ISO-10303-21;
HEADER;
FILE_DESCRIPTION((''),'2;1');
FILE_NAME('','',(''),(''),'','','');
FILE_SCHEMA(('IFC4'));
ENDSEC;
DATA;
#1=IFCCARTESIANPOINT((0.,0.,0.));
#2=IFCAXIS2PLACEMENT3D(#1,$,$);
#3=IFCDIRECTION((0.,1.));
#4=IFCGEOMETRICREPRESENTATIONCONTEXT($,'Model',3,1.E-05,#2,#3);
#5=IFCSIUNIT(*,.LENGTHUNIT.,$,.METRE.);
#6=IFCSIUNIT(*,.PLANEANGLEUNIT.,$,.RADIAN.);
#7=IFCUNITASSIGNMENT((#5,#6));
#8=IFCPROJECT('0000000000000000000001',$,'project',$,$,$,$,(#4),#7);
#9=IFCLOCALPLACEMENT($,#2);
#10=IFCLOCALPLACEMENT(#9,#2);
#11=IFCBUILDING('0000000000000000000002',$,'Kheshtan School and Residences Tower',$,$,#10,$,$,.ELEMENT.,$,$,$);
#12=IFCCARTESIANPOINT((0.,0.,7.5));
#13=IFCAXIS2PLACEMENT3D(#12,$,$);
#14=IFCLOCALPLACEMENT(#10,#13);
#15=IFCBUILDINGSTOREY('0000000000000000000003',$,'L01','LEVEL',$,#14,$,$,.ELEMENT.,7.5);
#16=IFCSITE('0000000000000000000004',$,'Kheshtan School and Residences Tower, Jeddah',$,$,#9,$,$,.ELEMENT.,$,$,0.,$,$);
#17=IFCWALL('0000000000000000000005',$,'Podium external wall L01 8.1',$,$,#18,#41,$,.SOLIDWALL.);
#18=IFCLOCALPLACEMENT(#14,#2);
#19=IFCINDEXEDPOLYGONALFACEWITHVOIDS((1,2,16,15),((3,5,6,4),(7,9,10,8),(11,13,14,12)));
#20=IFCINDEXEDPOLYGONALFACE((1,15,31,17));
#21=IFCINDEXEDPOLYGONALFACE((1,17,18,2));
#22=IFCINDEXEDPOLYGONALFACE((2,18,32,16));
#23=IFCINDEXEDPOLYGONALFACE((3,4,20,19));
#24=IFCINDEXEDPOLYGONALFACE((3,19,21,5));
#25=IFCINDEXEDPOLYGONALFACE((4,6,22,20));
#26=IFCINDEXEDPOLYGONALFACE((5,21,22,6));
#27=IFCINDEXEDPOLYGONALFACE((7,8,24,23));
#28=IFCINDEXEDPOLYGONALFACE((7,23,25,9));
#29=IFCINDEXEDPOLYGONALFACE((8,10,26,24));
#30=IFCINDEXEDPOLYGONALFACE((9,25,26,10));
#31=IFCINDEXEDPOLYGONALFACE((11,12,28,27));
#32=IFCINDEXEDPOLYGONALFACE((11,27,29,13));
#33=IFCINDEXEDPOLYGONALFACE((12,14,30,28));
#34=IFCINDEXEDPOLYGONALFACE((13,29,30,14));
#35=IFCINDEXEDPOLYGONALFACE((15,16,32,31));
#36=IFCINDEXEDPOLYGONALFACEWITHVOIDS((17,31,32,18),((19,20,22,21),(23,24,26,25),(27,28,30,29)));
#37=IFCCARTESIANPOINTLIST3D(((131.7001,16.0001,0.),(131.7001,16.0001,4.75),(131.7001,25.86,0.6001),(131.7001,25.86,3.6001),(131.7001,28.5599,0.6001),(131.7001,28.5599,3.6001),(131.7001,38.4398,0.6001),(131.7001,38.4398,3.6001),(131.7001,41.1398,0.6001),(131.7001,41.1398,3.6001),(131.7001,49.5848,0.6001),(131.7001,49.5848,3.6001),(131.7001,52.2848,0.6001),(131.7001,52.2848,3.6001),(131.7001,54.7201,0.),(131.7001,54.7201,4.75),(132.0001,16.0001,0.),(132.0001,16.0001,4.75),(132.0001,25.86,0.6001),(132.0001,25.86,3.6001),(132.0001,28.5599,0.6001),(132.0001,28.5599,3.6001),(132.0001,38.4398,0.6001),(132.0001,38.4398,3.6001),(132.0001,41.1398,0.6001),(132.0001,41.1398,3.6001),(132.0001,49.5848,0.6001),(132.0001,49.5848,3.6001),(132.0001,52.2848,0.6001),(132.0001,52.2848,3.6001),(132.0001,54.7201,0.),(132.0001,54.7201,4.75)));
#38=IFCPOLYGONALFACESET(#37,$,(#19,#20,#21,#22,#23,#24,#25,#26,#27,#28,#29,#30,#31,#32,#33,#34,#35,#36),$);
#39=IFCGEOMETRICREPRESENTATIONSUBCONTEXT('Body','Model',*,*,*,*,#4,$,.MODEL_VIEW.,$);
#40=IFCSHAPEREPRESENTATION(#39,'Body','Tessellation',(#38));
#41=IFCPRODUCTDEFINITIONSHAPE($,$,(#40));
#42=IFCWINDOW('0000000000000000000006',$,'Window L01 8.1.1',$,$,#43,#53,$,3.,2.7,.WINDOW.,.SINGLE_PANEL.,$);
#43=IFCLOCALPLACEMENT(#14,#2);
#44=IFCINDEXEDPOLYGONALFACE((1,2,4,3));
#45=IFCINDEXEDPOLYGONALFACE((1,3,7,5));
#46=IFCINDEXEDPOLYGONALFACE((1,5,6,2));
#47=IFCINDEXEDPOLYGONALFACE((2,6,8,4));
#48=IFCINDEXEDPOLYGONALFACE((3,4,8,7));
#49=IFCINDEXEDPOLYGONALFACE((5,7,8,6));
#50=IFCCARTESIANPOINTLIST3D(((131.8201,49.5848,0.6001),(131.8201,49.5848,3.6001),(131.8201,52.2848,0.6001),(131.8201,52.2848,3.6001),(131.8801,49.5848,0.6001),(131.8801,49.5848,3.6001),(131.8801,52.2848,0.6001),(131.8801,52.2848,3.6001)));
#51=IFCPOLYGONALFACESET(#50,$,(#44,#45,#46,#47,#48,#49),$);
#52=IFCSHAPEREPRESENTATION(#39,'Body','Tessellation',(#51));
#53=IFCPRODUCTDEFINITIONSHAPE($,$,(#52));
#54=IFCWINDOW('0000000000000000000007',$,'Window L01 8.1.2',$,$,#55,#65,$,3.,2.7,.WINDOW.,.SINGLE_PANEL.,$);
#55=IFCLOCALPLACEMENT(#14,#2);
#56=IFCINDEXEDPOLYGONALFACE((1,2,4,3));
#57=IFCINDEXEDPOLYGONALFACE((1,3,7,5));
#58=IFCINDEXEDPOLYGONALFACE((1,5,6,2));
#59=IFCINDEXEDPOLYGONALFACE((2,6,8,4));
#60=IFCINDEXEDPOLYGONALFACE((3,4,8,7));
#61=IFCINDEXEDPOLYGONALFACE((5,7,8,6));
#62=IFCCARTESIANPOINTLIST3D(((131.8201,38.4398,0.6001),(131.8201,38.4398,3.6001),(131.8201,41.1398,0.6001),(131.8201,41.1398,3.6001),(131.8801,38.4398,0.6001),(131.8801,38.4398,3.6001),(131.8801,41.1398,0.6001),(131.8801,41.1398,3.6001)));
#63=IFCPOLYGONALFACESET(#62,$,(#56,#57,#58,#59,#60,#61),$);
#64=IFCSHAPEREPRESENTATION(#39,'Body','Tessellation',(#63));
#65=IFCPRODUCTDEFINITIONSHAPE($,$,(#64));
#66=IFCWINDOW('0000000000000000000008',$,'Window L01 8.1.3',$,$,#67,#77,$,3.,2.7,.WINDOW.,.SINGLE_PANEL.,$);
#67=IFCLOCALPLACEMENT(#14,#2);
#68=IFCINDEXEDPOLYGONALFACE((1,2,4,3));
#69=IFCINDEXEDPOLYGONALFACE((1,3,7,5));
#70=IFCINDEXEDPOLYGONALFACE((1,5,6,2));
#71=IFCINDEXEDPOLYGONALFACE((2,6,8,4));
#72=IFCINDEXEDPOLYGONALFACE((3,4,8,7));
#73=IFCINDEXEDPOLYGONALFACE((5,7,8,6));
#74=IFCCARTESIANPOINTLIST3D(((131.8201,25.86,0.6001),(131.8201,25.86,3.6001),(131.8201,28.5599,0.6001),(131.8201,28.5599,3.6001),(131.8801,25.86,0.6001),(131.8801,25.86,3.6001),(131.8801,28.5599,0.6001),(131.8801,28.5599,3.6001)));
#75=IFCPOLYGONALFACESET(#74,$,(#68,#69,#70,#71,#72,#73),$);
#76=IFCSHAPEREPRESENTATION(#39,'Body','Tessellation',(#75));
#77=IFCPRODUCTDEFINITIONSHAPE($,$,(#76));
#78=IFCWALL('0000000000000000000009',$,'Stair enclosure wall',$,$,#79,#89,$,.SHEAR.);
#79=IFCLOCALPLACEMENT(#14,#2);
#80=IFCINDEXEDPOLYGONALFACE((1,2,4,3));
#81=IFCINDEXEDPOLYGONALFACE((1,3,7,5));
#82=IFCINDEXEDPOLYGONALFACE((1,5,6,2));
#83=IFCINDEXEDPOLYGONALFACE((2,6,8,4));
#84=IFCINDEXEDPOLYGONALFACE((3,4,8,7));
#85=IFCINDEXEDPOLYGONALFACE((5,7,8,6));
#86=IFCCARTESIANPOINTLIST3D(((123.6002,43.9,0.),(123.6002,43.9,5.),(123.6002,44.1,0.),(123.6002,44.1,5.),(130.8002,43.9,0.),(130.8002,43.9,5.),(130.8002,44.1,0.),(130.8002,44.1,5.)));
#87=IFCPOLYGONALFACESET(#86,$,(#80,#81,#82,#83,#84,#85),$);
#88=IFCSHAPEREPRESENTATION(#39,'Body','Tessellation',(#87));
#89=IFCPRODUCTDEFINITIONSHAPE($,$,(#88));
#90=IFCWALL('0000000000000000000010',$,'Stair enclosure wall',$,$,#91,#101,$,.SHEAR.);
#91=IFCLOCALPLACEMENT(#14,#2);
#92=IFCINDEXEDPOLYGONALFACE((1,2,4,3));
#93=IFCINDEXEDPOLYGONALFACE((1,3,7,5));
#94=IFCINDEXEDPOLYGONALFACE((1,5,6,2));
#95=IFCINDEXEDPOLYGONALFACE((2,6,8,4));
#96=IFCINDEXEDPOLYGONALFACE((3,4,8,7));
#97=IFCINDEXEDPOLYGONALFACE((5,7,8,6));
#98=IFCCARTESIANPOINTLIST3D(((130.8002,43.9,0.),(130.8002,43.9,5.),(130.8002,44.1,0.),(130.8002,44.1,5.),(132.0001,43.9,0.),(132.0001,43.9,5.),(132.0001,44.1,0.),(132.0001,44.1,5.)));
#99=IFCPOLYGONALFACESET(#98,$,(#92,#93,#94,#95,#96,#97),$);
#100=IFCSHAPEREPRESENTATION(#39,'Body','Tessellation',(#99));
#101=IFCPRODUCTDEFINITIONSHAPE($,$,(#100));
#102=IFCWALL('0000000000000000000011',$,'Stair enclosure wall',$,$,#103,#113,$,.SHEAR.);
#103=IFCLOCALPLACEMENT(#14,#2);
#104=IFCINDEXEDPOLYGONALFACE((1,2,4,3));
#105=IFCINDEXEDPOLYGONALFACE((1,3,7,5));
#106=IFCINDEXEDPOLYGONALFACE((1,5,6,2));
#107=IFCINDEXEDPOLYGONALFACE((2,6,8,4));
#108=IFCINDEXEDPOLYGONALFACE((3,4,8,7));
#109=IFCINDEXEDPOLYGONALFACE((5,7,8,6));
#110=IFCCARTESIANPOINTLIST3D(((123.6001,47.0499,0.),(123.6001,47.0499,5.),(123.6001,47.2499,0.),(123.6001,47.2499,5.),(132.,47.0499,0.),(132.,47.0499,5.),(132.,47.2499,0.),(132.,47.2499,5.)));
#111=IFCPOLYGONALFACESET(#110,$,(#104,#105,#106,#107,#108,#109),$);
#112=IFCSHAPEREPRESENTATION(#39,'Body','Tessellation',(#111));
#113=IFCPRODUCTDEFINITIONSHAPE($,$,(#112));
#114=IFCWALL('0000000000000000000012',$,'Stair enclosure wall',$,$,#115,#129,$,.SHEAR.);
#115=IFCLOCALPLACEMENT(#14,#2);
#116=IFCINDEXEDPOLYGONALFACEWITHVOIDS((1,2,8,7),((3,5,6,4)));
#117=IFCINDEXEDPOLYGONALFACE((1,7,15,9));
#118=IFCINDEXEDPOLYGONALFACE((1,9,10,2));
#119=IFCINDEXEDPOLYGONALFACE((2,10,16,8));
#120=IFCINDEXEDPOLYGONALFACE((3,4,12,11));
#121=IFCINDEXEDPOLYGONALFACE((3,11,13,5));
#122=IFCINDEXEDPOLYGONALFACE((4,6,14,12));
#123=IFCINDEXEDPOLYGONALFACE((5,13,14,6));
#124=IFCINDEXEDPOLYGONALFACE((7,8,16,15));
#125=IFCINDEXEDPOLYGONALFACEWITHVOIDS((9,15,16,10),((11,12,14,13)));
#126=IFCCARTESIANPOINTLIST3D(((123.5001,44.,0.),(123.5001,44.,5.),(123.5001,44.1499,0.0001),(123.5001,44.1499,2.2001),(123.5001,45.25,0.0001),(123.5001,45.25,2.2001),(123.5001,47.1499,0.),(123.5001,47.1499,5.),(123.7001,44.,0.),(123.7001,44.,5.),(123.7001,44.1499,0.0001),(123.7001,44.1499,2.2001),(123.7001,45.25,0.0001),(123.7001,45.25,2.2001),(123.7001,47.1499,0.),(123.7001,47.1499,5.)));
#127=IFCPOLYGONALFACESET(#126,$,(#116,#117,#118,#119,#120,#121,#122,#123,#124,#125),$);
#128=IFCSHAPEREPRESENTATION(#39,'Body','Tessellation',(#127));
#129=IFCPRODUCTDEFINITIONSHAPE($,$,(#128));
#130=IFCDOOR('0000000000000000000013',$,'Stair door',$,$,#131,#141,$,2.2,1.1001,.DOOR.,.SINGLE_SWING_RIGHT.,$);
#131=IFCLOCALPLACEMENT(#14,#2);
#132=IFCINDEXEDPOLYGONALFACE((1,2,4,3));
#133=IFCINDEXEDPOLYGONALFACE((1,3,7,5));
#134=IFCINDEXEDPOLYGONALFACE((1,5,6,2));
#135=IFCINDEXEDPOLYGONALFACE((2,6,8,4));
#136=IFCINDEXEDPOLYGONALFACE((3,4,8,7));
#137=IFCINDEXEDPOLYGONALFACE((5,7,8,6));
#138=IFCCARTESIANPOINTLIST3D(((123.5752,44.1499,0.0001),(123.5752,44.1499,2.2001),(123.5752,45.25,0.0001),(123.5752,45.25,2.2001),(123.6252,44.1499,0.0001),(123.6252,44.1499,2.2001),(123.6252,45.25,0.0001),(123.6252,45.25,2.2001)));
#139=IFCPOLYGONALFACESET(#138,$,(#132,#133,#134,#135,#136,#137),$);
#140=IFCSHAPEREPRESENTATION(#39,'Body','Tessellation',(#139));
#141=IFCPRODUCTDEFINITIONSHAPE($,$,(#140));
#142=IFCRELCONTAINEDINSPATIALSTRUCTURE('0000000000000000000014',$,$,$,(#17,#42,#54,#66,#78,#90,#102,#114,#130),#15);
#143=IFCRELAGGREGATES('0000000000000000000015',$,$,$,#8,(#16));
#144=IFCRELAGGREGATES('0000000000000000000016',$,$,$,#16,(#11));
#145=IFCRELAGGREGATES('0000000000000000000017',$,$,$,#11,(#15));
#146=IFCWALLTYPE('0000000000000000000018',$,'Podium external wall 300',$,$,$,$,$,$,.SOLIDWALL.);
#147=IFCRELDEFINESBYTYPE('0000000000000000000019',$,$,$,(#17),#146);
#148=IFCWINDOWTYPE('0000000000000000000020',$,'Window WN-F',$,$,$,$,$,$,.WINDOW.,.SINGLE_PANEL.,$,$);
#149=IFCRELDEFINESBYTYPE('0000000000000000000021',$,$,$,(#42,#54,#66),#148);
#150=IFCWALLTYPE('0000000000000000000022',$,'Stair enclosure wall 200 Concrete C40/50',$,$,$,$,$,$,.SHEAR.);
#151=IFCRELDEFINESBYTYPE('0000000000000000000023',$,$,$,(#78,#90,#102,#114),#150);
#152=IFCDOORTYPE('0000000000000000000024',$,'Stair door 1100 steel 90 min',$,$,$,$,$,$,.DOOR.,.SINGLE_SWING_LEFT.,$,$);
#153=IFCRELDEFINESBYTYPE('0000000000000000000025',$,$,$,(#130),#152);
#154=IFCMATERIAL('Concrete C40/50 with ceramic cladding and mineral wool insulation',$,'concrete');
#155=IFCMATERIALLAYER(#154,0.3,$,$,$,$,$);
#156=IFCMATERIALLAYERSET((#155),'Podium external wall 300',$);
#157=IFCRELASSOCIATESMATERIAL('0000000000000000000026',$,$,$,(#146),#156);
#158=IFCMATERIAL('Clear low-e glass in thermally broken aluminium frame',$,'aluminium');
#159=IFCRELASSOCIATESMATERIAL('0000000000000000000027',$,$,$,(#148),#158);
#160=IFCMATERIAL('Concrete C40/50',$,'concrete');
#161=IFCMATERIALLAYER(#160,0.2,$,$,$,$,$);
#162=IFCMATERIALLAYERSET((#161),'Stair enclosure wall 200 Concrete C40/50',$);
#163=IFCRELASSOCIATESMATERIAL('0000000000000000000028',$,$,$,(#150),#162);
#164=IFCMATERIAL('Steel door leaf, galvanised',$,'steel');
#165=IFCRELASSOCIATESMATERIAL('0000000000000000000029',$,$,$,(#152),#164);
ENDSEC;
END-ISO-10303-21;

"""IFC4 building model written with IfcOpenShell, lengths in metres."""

from ifc_helpers import new_model, si_unit, direction, frame, frame_2d, origin, place, context, subcontext, project, spatial, rectangle, extrude, source, transform, mapped, material, layer, layer_set, type_object, element, fill, save


model = new_model("IFC4")

# Units and contexts
model_context = context("Model", 3, precision=1e-05, world=origin(), true_north=direction((0.0, 1.0)))
body_context = subcontext(model_context, "Body", "Model", "MODEL_VIEW")
ifc_project = project(units=[si_unit("LENGTHUNIT", "METRE"), si_unit("PLANEANGLEUNIT", "RADIAN")], contexts=[model_context])

# Site, building, storey
site_placement = place(None, origin())
site = spatial("IfcSite", under=ifc_project, at=site_placement, Name="Kheshtan School and Residences Tower, Jeddah", CompositionType="ELEMENT", RefElevation=0.0)
building_placement = place(site_placement, origin())
building = spatial("IfcBuilding", under=site, at=building_placement, Name="Kheshtan School and Residences Tower", CompositionType="ELEMENT")
storey_placement = place(building_placement, frame((0.0, 0.0, 7.5)))
storey = spatial("IfcBuildingStorey", under=building, at=storey_placement, Name="L01", Description="LEVEL", CompositionType="ELEMENT", Elevation=7.5)

# Wall, openings, windows
ifc_material_1 = material(Name="Concrete C40/50 with ceramic cladding and mineral wool insulation", Category="concrete")
ifc_layer_1 = layer(ifc_material_1, 0.3)
ifc_layer_set_1 = layer_set([ifc_layer_1], Name="Podium external wall 300")
wall_type_1 = type_object("IfcWallType", Name="Podium external wall 300", PredefinedType="SOLIDWALL", material=ifc_layer_set_1)
wall_1_placement = place(storey_placement, frame((131.8501, 54.72, 0.0), z_axis=(0.0, 0.0, 1.0), x_axis=(0.0, -1.0, 0.0)))
wall_1 = element("IfcWall", 1, at=wall_1_placement, inside=storey, type_object=wall_type_1, Name="Podium external wall L01 8.1", PredefinedType="SOLIDWALL", context=body_context, shape_type="SweptSolid", body=[
    extrude(rectangle(XDim=38.72, YDim=0.3, at=frame_2d((19.3599, 0.0))), origin(), (0.0, 0.0, 1.0), 4.75),
])
opening_1_placement = place(wall_1_placement, frame((2.4351, 0.0, 0.6001)))
opening_1 = element("IfcOpeningElement", 2, at=opening_1_placement, cuts=wall_1, PredefinedType="OPENING", context=body_context, shape_type="SweptSolid", body=[
    extrude(rectangle(XDim=2.7, YDim=3.0, at=frame_2d((1.3501, 1.5))), frame((0.0, 0.1602, 0.0), z_axis=(0.0, -1.0, 0.0), x_axis=(1.0, 0.0, 0.0)), (0.0, 0.0, 1.0), 0.3201),
])
opening_2_placement = place(wall_1_placement, frame((13.5801, 0.0, 0.6001)))
opening_2 = element("IfcOpeningElement", 3, at=opening_2_placement, cuts=wall_1, PredefinedType="OPENING", context=body_context, shape_type="SweptSolid", body=[
    extrude(rectangle(XDim=2.7, YDim=3.0, at=frame_2d((1.3501, 1.5))), frame((0.0, 0.1602, 0.0), z_axis=(0.0, -1.0, 0.0), x_axis=(1.0, 0.0, 0.0)), (0.0, 0.0, 1.0), 0.3201),
])
opening_3_placement = place(wall_1_placement, frame((26.1599, 0.0, 0.6001)))
opening_3 = element("IfcOpeningElement", 4, at=opening_3_placement, cuts=wall_1, PredefinedType="OPENING", context=body_context, shape_type="SweptSolid", body=[
    extrude(rectangle(XDim=2.7, YDim=3.0, at=frame_2d((1.3501, 1.5))), frame((0.0, 0.1602, 0.0), z_axis=(0.0, -1.0, 0.0), x_axis=(1.0, 0.0, 0.0)), (0.0, 0.0, 1.0), 0.3201),
])
ifc_material_2 = material(Name="Clear low-e glass in thermally broken aluminium frame", Category="aluminium")
window_type = type_object("IfcWindowType", Name="Window WN-F", PartitioningType="SINGLE_PANEL", PredefinedType="WINDOW", material=ifc_material_2)
shared_shape_1 = source(origin(), body_context, "Body", "SweptSolid", [
    extrude(rectangle(XDim=2.7, YDim=3.0, at=frame_2d((1.3501, 1.5))), frame((0.0, 0.03, 0.0), z_axis=(0.0, -1.0, 0.0), x_axis=(1.0, 0.0, 0.0)), (0.0, 0.0, 1.0), 0.0601),
])
window_1_placement = place(opening_1_placement, origin())
window_1 = element("IfcWindow", 5, at=window_1_placement, inside=storey, type_object=window_type, Name="Window L01 8.1.1", OverallHeight=3.0, OverallWidth=2.7, PartitioningType="SINGLE_PANEL", PredefinedType="WINDOW", context=body_context, shape_type="MappedRepresentation", body=[
    mapped(shared_shape_1, transform((0.0, 0.0, 0.0), x_axis=(1.0, 0.0, 0.0), y_axis=(0.0, 1.0, 0.0), z_axis=(0.0, 0.0, 1.0), scale=1.0)),
])
fill(opening_1, window_1)
window_2_placement = place(opening_2_placement, origin())
window_2 = element("IfcWindow", 6, at=window_2_placement, inside=storey, type_object=window_type, Name="Window L01 8.1.2", OverallHeight=3.0, OverallWidth=2.7, PartitioningType="SINGLE_PANEL", PredefinedType="WINDOW", context=body_context, shape_type="MappedRepresentation", body=[
    mapped(shared_shape_1, transform((0.0, 0.0, 0.0), x_axis=(1.0, 0.0, 0.0), y_axis=(0.0, 1.0, 0.0), z_axis=(0.0, 0.0, 1.0), scale=1.0)),
])
fill(opening_2, window_2)
window_3_placement = place(opening_3_placement, origin())
window_3 = element("IfcWindow", 7, at=window_3_placement, inside=storey, type_object=window_type, Name="Window L01 8.1.3", OverallHeight=3.0, OverallWidth=2.7, PartitioningType="SINGLE_PANEL", PredefinedType="WINDOW", context=body_context, shape_type="MappedRepresentation", body=[
    mapped(shared_shape_1, transform((0.0, 0.0, 0.0), x_axis=(1.0, 0.0, 0.0), y_axis=(0.0, 1.0, 0.0), z_axis=(0.0, 0.0, 1.0), scale=1.0)),
])
fill(opening_3, window_3)

# Walls
ifc_material_3 = material(Name="Concrete C40/50", Category="concrete")
ifc_layer_2 = layer(ifc_material_3, 0.2)
ifc_layer_set_2 = layer_set([ifc_layer_2], Name="Stair enclosure wall 200 Concrete C40/50")
wall_type_2 = type_object("IfcWallType", Name="Stair enclosure wall 200 Concrete C40/50", PredefinedType="SHEAR", material=ifc_layer_set_2)
wall_2_placement = place(storey_placement, frame((123.6001, 44.0, 0.0), z_axis=(0.0, 0.0, 1.0), x_axis=(1.0, 0.0, 0.0)))
element("IfcWall", 8, at=wall_2_placement, inside=storey, type_object=wall_type_2, Name="Stair enclosure wall", PredefinedType="SHEAR", context=body_context, shape_type="SweptSolid", body=[
    extrude(rectangle(XDim=7.2, YDim=0.2, at=frame_2d((3.6001, 0.0))), origin(), (0.0, 0.0, 1.0), 5.0),
])
wall_3_placement = place(storey_placement, frame((130.8, 44.0, 0.0), z_axis=(0.0, 0.0, 1.0), x_axis=(1.0, 0.0, 0.0)))
element("IfcWall", 9, at=wall_3_placement, inside=storey, type_object=wall_type_2, Name="Stair enclosure wall", PredefinedType="SHEAR", context=body_context, shape_type="SweptSolid", body=[
    extrude(rectangle(XDim=1.2, YDim=0.2, at=frame_2d((0.6001, 0.0))), origin(), (0.0, 0.0, 1.0), 5.0),
])
wall_4_placement = place(storey_placement, frame((123.6001, 47.1499, 0.0), z_axis=(0.0, 0.0, 1.0), x_axis=(1.0, 0.0, 0.0)))
element("IfcWall", 10, at=wall_4_placement, inside=storey, type_object=wall_type_2, Name="Stair enclosure wall", PredefinedType="SHEAR", context=body_context, shape_type="SweptSolid", body=[
    extrude(rectangle(XDim=8.3999, YDim=0.2, at=frame_2d((4.2, 0.0))), origin(), (0.0, 0.0, 1.0), 5.0),
])

# Wall, opening, door
wall_5_placement = place(storey_placement, frame((123.6001, 44.0, 0.0), z_axis=(0.0, 0.0, 1.0), x_axis=(0.0, 1.0, 0.0)))
wall_5 = element("IfcWall", 11, at=wall_5_placement, inside=storey, type_object=wall_type_2, Name="Stair enclosure wall", PredefinedType="SHEAR", context=body_context, shape_type="SweptSolid", body=[
    extrude(rectangle(XDim=3.1499, YDim=0.2, at=frame_2d((1.575, 0.0))), origin(), (0.0, 0.0, 1.0), 5.0),
])
opening_4_placement = place(wall_5_placement, frame((0.1499, 0.0, 0.0)))
opening_4 = element("IfcOpeningElement", 12, at=opening_4_placement, cuts=wall_5, PredefinedType="OPENING", context=body_context, shape_type="SweptSolid", body=[
    extrude(rectangle(XDim=1.1001, YDim=2.2, at=frame_2d((0.55, 1.1001))), frame((0.0, 0.1099, 0.0), z_axis=(0.0, -1.0, 0.0), x_axis=(1.0, 0.0, 0.0)), (0.0, 0.0, 1.0), 0.22),
])
ifc_material_4 = material(Name="Steel door leaf, galvanised", Category="steel")
door_type_1 = type_object("IfcDoorType", Name="Stair door 1100 steel 90 min", OperationType="SINGLE_SWING_LEFT", PredefinedType="DOOR", material=ifc_material_4)
shared_shape_2 = source(origin(), body_context, "Body", "SweptSolid", [
    extrude(rectangle(XDim=1.1001, YDim=2.2, at=frame_2d((0.55, 1.1001))), frame((0.0, 0.0249, 0.0), z_axis=(0.0, -1.0, 0.0), x_axis=(1.0, 0.0, 0.0)), (0.0, 0.0, 1.0), 0.05),
])
door_1_placement = place(opening_4_placement, origin())
door_1 = element("IfcDoor", 13, at=door_1_placement, inside=storey, type_object=door_type_1, Name="Stair door", OperationType="SINGLE_SWING_RIGHT", OverallHeight=2.2, OverallWidth=1.1001, PredefinedType="DOOR", context=body_context, shape_type="MappedRepresentation", body=[
    mapped(shared_shape_2, transform((0.0, 0.0, 0.0), x_axis=(1.0, 0.0, 0.0), y_axis=(0.0, 1.0, 0.0), z_axis=(0.0, 0.0, 1.0), scale=1.0)),
])
fill(opening_4, door_1)

save(model, "model.ifc")
